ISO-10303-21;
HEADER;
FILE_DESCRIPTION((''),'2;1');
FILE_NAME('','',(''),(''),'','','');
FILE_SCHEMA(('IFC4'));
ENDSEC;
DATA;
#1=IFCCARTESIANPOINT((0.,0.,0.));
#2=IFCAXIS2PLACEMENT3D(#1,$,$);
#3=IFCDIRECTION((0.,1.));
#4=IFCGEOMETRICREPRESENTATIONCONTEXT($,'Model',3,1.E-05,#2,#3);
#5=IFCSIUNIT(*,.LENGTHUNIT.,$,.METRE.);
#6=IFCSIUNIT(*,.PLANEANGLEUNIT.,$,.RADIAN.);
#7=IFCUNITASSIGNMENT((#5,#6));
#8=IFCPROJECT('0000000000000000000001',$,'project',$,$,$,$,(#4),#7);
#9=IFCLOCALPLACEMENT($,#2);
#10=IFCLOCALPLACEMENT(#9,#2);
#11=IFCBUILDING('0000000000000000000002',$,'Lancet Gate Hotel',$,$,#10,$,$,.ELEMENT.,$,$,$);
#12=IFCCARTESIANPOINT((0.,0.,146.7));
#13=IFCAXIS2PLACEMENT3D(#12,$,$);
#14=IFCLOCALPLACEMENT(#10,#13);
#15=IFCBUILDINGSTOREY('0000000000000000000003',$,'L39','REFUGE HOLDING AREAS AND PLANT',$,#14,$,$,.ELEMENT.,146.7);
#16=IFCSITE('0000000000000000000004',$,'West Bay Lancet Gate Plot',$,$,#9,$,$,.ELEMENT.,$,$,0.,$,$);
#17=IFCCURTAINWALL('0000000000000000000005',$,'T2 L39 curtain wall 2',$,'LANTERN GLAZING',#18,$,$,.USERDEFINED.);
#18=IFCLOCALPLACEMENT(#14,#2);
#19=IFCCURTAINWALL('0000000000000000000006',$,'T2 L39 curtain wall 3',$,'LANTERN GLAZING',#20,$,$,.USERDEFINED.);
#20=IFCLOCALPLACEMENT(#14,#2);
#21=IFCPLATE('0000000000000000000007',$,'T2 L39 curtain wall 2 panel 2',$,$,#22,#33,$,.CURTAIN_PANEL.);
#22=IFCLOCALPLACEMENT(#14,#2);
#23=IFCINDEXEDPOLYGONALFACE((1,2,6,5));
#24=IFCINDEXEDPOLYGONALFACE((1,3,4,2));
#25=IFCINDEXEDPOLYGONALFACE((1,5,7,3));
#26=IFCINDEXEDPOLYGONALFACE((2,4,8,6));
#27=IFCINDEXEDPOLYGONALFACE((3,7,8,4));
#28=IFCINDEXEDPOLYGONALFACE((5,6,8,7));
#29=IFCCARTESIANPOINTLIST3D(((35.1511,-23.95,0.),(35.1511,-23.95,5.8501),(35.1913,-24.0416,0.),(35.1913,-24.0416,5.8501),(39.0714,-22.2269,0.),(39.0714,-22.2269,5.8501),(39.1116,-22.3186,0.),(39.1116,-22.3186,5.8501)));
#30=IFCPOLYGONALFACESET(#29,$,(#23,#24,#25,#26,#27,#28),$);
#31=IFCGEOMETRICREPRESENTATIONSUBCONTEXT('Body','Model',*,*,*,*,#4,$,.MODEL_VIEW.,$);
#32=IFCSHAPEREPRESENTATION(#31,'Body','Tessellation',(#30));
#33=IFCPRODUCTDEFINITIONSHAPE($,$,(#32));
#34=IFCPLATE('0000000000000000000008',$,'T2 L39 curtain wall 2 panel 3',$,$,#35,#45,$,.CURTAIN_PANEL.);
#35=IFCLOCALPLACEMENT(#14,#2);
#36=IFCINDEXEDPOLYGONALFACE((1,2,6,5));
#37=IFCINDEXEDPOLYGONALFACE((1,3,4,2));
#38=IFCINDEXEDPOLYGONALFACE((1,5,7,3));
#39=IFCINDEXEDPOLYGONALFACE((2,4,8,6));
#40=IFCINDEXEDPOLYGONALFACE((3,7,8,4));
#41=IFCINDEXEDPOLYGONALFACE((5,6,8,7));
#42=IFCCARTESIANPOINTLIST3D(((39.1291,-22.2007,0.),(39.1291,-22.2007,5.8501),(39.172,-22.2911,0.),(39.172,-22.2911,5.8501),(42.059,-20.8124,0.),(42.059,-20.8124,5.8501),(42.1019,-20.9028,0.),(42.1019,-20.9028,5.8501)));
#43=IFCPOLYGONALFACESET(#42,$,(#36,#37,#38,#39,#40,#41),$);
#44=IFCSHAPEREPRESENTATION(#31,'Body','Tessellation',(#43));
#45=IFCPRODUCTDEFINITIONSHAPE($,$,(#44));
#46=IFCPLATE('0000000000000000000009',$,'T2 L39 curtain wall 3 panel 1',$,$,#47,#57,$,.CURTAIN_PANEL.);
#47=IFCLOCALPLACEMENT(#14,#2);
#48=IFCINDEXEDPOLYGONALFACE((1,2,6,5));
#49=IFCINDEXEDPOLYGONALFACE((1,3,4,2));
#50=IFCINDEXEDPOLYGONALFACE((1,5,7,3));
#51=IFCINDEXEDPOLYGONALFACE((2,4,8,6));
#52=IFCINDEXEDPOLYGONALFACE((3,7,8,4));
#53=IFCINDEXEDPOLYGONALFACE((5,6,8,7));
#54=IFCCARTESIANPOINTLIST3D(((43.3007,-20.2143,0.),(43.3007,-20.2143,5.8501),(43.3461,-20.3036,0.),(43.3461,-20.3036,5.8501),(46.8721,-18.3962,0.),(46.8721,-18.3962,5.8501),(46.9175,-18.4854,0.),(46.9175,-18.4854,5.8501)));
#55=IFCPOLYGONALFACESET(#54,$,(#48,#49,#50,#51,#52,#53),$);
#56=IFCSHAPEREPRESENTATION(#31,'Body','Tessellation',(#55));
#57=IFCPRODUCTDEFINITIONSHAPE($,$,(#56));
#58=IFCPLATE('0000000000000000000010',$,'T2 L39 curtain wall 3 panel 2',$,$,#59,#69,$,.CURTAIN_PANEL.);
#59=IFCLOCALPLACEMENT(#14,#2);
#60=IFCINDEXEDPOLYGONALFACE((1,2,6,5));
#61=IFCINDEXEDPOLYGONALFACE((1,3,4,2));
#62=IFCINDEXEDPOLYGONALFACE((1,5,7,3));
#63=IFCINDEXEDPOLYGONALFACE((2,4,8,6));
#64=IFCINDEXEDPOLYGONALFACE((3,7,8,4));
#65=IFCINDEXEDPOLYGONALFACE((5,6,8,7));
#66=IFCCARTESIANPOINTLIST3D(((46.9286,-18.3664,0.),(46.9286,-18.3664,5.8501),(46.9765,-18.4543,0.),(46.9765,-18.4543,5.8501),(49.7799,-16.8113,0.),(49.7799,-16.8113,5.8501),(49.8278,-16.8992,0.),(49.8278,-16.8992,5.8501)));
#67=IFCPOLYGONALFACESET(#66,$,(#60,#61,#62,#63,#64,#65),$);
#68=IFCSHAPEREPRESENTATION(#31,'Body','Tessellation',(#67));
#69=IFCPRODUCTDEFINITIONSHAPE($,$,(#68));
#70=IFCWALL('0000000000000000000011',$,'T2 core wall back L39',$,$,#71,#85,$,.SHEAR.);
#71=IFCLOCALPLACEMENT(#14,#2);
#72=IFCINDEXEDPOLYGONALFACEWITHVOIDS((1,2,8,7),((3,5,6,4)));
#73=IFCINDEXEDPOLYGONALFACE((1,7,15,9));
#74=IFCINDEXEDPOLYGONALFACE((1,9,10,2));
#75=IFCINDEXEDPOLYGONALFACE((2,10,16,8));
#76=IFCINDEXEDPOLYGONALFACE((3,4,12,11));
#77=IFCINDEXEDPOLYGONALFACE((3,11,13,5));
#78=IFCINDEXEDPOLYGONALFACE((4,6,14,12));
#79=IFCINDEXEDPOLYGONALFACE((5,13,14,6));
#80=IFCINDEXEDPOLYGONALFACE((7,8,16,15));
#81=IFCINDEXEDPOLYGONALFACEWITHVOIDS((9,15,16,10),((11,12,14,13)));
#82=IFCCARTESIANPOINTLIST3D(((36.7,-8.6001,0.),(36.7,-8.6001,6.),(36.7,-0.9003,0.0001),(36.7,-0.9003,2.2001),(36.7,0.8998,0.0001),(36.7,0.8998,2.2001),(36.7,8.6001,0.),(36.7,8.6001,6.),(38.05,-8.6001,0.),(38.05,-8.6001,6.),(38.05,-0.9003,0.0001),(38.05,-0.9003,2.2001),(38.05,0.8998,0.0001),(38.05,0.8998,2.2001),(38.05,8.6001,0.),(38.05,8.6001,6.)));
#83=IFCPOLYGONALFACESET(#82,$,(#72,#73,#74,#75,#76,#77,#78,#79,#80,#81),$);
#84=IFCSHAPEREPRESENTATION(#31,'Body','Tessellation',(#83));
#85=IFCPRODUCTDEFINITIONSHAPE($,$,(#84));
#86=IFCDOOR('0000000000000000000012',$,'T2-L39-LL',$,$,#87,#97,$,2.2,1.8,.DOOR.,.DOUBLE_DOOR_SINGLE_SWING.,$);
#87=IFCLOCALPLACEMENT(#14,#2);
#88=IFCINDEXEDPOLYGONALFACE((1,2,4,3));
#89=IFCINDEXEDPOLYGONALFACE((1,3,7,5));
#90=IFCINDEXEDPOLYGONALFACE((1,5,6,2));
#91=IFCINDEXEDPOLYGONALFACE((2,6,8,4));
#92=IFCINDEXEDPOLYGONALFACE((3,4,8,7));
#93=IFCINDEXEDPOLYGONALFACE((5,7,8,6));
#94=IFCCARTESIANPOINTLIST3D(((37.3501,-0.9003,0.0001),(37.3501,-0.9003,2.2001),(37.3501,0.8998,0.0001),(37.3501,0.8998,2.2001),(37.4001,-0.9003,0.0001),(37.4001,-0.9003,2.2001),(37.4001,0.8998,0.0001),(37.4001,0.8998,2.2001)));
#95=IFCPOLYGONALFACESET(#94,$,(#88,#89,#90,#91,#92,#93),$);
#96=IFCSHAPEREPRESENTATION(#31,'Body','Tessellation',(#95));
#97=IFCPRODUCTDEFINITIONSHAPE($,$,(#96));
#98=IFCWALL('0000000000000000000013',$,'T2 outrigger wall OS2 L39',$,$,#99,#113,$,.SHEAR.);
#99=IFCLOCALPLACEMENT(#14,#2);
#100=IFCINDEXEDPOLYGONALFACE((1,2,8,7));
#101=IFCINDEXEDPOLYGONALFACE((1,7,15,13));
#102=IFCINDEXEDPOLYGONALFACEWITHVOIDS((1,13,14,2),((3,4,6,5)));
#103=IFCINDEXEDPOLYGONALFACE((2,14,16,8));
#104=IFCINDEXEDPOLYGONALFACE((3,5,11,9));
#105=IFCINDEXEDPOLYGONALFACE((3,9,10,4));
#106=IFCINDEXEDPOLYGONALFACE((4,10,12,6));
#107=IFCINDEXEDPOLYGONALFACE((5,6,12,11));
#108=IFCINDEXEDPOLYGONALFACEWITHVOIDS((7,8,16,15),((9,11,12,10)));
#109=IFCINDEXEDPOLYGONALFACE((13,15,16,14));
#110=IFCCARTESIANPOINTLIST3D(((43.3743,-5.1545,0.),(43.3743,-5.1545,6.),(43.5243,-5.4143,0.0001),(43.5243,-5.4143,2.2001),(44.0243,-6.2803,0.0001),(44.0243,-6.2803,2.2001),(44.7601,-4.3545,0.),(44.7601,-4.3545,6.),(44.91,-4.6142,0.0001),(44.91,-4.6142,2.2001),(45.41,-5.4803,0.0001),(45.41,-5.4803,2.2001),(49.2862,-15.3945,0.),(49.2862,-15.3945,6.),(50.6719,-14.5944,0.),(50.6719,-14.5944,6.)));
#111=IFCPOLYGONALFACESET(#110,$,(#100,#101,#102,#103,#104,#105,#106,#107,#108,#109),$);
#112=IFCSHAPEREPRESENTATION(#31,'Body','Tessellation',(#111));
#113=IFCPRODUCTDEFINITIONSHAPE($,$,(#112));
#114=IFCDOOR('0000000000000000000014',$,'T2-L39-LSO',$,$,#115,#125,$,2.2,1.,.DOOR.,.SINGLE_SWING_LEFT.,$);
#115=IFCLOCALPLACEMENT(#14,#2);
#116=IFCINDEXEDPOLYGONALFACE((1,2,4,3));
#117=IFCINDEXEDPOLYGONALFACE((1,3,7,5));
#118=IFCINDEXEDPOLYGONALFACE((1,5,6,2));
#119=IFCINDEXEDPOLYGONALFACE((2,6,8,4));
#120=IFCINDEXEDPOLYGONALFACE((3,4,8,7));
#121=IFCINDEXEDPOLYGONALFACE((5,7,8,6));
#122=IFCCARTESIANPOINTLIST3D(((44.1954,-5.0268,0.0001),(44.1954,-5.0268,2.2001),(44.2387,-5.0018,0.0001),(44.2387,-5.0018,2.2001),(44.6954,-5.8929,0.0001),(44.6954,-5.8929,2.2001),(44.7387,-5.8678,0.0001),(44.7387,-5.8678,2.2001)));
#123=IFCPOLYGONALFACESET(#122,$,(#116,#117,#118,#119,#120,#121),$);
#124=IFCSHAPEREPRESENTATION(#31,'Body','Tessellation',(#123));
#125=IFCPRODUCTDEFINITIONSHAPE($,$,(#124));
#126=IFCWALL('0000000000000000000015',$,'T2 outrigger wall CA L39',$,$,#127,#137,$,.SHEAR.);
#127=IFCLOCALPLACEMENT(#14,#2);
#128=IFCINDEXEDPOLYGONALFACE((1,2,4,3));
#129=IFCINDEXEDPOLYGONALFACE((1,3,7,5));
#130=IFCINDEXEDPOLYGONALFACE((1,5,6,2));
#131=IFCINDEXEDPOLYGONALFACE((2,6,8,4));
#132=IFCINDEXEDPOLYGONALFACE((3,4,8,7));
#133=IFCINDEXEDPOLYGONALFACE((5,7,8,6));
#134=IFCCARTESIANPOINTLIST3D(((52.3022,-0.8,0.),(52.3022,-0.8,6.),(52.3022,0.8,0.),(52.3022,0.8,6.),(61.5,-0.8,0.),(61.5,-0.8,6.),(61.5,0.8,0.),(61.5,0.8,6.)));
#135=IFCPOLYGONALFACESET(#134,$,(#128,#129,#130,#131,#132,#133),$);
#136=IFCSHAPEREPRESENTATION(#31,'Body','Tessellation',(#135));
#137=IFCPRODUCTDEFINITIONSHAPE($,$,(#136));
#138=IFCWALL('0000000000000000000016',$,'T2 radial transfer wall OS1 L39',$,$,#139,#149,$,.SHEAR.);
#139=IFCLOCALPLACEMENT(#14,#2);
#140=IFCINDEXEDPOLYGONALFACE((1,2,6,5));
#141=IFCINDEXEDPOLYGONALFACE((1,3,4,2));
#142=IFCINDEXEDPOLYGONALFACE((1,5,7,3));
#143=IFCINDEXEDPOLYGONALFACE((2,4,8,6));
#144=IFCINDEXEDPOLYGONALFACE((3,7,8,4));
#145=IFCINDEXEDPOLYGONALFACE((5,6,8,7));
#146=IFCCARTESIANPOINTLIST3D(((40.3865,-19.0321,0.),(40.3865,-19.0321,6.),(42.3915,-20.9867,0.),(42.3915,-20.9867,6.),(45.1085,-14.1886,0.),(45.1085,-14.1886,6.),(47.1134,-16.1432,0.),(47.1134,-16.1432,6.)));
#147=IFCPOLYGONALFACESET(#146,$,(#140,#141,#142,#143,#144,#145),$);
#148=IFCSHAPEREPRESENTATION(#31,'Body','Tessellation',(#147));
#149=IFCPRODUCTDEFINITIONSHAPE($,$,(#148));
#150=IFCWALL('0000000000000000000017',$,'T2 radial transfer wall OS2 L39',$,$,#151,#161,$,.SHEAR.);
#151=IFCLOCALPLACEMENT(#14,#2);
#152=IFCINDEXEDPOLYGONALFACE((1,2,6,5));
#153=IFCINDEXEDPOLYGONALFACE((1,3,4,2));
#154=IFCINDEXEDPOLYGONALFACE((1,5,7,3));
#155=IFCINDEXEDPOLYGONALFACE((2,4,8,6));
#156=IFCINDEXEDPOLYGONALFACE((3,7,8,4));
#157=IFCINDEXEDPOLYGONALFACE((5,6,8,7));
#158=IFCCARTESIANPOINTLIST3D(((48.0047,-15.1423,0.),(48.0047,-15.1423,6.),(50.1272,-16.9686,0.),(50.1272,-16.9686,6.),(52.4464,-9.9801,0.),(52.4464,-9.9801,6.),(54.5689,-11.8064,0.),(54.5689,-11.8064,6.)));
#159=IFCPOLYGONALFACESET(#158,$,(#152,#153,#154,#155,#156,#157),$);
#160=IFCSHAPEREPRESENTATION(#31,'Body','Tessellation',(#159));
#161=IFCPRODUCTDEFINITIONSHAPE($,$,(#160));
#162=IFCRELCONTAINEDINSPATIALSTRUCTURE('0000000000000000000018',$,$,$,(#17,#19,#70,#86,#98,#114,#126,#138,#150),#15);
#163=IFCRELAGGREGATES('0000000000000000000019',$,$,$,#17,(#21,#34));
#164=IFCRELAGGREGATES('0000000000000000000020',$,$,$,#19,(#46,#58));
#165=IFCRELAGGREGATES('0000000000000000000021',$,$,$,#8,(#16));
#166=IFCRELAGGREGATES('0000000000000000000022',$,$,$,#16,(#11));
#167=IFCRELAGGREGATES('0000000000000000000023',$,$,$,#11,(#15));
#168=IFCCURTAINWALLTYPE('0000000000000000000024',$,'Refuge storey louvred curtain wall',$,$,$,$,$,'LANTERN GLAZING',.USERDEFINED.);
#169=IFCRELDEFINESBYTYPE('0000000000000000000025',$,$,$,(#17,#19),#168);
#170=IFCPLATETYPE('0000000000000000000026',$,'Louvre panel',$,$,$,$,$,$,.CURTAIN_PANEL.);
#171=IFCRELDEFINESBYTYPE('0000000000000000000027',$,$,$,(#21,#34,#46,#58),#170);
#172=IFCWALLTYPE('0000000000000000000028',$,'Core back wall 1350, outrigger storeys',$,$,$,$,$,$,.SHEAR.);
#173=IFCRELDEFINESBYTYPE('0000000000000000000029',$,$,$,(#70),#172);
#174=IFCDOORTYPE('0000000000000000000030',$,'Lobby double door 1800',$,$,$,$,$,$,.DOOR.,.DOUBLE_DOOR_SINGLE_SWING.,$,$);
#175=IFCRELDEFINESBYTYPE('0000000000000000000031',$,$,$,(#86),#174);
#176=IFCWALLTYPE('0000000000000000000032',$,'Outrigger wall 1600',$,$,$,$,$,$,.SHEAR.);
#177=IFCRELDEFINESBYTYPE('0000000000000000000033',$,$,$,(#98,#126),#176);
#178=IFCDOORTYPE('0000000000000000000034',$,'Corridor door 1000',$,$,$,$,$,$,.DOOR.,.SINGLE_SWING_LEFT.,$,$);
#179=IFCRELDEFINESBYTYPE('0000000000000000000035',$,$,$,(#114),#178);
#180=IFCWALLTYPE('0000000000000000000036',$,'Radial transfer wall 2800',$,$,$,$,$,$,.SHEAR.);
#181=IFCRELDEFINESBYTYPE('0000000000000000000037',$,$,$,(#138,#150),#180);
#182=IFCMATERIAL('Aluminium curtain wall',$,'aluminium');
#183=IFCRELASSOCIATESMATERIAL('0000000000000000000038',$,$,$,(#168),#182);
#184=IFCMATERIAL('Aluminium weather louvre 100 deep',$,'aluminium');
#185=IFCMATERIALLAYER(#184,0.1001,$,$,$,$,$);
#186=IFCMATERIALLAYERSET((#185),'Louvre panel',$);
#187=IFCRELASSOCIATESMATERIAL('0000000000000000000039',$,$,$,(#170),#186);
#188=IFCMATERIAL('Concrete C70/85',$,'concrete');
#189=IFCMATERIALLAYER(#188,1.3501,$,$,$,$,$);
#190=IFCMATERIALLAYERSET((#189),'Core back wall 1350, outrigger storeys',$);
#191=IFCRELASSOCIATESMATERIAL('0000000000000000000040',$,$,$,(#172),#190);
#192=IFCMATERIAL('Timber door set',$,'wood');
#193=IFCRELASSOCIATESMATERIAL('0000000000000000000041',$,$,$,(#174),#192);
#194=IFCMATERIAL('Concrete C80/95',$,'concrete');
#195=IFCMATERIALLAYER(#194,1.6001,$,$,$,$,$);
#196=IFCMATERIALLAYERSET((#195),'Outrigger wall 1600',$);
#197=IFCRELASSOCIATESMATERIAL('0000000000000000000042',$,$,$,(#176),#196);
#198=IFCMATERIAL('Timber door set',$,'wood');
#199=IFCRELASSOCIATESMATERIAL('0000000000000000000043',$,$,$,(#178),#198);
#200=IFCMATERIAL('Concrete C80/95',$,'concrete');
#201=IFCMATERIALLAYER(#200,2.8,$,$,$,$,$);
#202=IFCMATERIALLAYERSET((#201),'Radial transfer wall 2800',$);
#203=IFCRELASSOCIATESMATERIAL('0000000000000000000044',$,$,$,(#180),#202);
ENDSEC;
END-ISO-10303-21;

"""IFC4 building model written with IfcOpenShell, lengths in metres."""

from ifc_helpers import new_model, si_unit, direction, frame, frame_2d, origin, origin_2d, place, context, subcontext, project, spatial, rectangle, extrude, material, layer, layer_set, type_object, element, fill, aggregate, save


model = new_model("IFC4")

# Units and contexts
model_context = context("Model", 3, precision=1e-05, world=origin(), true_north=direction((0.0, 1.0)))
body_context = subcontext(model_context, "Body", "Model", "MODEL_VIEW")
ifc_project = project(units=[si_unit("LENGTHUNIT", "METRE"), si_unit("PLANEANGLEUNIT", "RADIAN")], contexts=[model_context])

# Site, building, storey
site_placement = place(None, origin())
site = spatial("IfcSite", under=ifc_project, at=site_placement, Name="West Bay Lancet Gate Plot", CompositionType="ELEMENT", RefElevation=0.0)
building_placement = place(site_placement, origin())
building = spatial("IfcBuilding", under=site, at=building_placement, Name="Lancet Gate Hotel", CompositionType="ELEMENT")
storey_placement = place(building_placement, frame((0.0, 0.0, 146.7)))
storey = spatial("IfcBuildingStorey", under=building, at=storey_placement, Name="L39", Description="REFUGE HOLDING AREAS AND PLANT", CompositionType="ELEMENT", Elevation=146.7)

# Curtain walls
ifc_material_1 = material(Name="Aluminium curtain wall", Category="aluminium")
curtain_wall_type = type_object("IfcCurtainWallType", Name="Refuge storey louvred curtain wall", ElementType="LANTERN GLAZING", PredefinedType="USERDEFINED", material=ifc_material_1)
curtain_wall_1_placement = place(storey_placement, origin())
curtain_wall_1 = element("IfcCurtainWall", 1, at=curtain_wall_1_placement, inside=storey, type_object=curtain_wall_type, Name="T2 L39 curtain wall 2", ObjectType="LANTERN GLAZING", PredefinedType="USERDEFINED")
curtain_wall_2_placement = place(storey_placement, origin())
curtain_wall_2 = element("IfcCurtainWall", 2, at=curtain_wall_2_placement, inside=storey, type_object=curtain_wall_type, Name="T2 L39 curtain wall 3", ObjectType="LANTERN GLAZING", PredefinedType="USERDEFINED")

# Plates
ifc_material_2 = material(Name="Aluminium weather louvre 100 deep", Category="aluminium")
ifc_layer_1 = layer(ifc_material_2, 0.1001)
ifc_layer_set_1 = layer_set([ifc_layer_1], Name="Louvre panel")
plate_type = type_object("IfcPlateType", Name="Louvre panel", PredefinedType="CURTAIN_PANEL", material=ifc_layer_set_1)
plate_1_placement = place(storey_placement, frame((37.1313, -23.1343, 0.0), z_axis=(0.0, 0.0, 1.0), x_axis=(0.915479, 0.402367, 0.0)))
plate_1 = element("IfcPlate", 3, at=plate_1_placement, type_object=plate_type, Name="T2 L39 curtain wall 2 panel 2", PredefinedType="CURTAIN_PANEL", context=body_context, shape_type="SweptSolid", body=[
    extrude(rectangle(XDim=4.2822, YDim=0.1001, at=origin_2d()), origin(), (0.0, 0.0, 1.0), 5.8501),
])
plate_2_placement = place(storey_placement, frame((40.6155, -21.5518, 0.0), z_axis=(0.0, 0.0, 1.0), x_axis=(0.903683, 0.428201, 0.0)))
plate_2 = element("IfcPlate", 4, at=plate_2_placement, type_object=plate_type, Name="T2 L39 curtain wall 2 panel 3", PredefinedType="CURTAIN_PANEL", context=body_context, shape_type="SweptSolid", body=[
    extrude(rectangle(XDim=3.2422, YDim=0.1001, at=origin_2d()), origin(), (0.0, 0.0, 1.0), 5.8501),
])
aggregate(curtain_wall_1, [plate_1, plate_2])
plate_3_placement = place(storey_placement, frame((45.1091, -19.3499, 0.0), z_axis=(0.0, 0.0, 1.0), x_axis=(0.891159, 0.45369, 0.0)))
plate_3 = element("IfcPlate", 5, at=plate_3_placement, type_object=plate_type, Name="T2 L39 curtain wall 3 panel 1", PredefinedType="CURTAIN_PANEL", context=body_context, shape_type="SweptSolid", body=[
    extrude(rectangle(XDim=4.0076, YDim=0.1001, at=origin_2d()), origin(), (0.0, 0.0, 1.0), 5.8501),
])
plate_4_placement = place(storey_placement, frame((48.3782, -17.6328, 0.0), z_axis=(0.0, 0.0, 1.0), x_axis=(0.877916, 0.478814, 0.0)))
plate_4 = element("IfcPlate", 6, at=plate_4_placement, type_object=plate_type, Name="T2 L39 curtain wall 3 panel 2", PredefinedType="CURTAIN_PANEL", context=body_context, shape_type="SweptSolid", body=[
    extrude(rectangle(XDim=3.2478, YDim=0.1001, at=origin_2d()), origin(), (0.0, 0.0, 1.0), 5.8501),
])
aggregate(curtain_wall_2, [plate_3, plate_4])

# Walls, openings, doors
ifc_material_3 = material(Name="Concrete C70/85", Category="concrete")
ifc_layer_2 = layer(ifc_material_3, 1.3501)
ifc_layer_set_2 = layer_set([ifc_layer_2], Name="Core back wall 1350, outrigger storeys")
wall_type_1 = type_object("IfcWallType", Name="Core back wall 1350, outrigger storeys", PredefinedType="SHEAR", material=ifc_layer_set_2)
wall_1_placement = place(storey_placement, frame((37.375, -8.6001, 0.0), z_axis=(0.0, 0.0, 1.0), x_axis=(0.0, 1.0, 0.0)))
wall_1 = element("IfcWall", 7, at=wall_1_placement, inside=storey, type_object=wall_type_1, Name="T2 core wall back L39", PredefinedType="SHEAR", context=body_context, shape_type="SweptSolid", body=[
    extrude(rectangle(XDim=17.2002, YDim=1.3501, at=frame_2d((8.6001, 0.0))), origin(), (0.0, 0.0, 1.0), 6.0),
])
opening_1_placement = place(wall_1_placement, frame((7.7, 0.0, 0.0)))
opening_1 = element("IfcOpeningElement", 8, at=opening_1_placement, cuts=wall_1, PredefinedType="OPENING", context=body_context, shape_type="SweptSolid", body=[
    extrude(rectangle(XDim=1.8, YDim=2.2, at=frame_2d((0.8999, 1.1001))), frame((0.0, 0.6851, 0.0), z_axis=(0.0, -1.0, 0.0), x_axis=(1.0, 0.0, 0.0)), (0.0, 0.0, 1.0), 1.3701),
])
ifc_material_4 = material(Name="Timber door set", Category="wood")
door_type_1 = type_object("IfcDoorType", Name="Lobby double door 1800", OperationType="DOUBLE_DOOR_SINGLE_SWING", PredefinedType="DOOR", material=ifc_material_4)
door_1_placement = place(opening_1_placement, origin())
door_1 = element("IfcDoor", 9, at=door_1_placement, inside=storey, type_object=door_type_1, Name="T2-L39-LL", OperationType="DOUBLE_DOOR_SINGLE_SWING", OverallHeight=2.2, OverallWidth=1.8, PredefinedType="DOOR", context=body_context, shape_type="SweptSolid", body=[
    extrude(rectangle(XDim=1.8, YDim=2.2, at=frame_2d((0.8999, 1.1001))), frame((0.0, 0.0249, 0.0), z_axis=(0.0, -1.0, 0.0), x_axis=(1.0, 0.0, 0.0)), (0.0, 0.0, 1.0), 0.05),
])
fill(opening_1, door_1)
ifc_material_5 = material(Name="Concrete C80/95", Category="concrete")
ifc_layer_3 = layer(ifc_material_5, 1.6001)
ifc_layer_set_3 = layer_set([ifc_layer_3], Name="Outrigger wall 1600")
wall_type_2 = type_object("IfcWallType", Name="Outrigger wall 1600", PredefinedType="SHEAR", material=ifc_layer_set_3)
wall_2_placement = place(storey_placement, frame((44.0671, -4.7544, 0.0), z_axis=(0.0, 0.0, 1.0), x_axis=(0.499988, -0.866033, 0.0)))
wall_2 = element("IfcWall", 10, at=wall_2_placement, inside=storey, type_object=wall_type_2, Name="T2 outrigger wall OS2 L39", PredefinedType="SHEAR", context=body_context, shape_type="SweptSolid", body=[
    extrude(rectangle(XDim=11.824, YDim=1.6001, at=frame_2d((5.9121, 0.0))), origin(), (0.0, 0.0, 1.0), 6.0),
])
opening_2_placement = place(wall_2_placement, frame((0.3, 0.0, 0.0)))
opening_2 = element("IfcOpeningElement", 11, at=opening_2_placement, cuts=wall_2, PredefinedType="OPENING", context=body_context, shape_type="SweptSolid", body=[
    extrude(rectangle(XDim=1.0, YDim=2.2, at=frame_2d((0.5, 1.1001))), frame((0.0, 0.8101, 0.0), z_axis=(0.0, -1.0, 0.0), x_axis=(1.0, 0.0, 0.0)), (0.0, 0.0, 1.0), 1.6201),
])
ifc_material_6 = material(Name="Timber door set", Category="wood")
door_type_2 = type_object("IfcDoorType", Name="Corridor door 1000", OperationType="SINGLE_SWING_LEFT", PredefinedType="DOOR", material=ifc_material_6)
door_2_placement = place(opening_2_placement, origin())
door_2 = element("IfcDoor", 12, at=door_2_placement, inside=storey, type_object=door_type_2, Name="T2-L39-LSO", OperationType="SINGLE_SWING_LEFT", OverallHeight=2.2, OverallWidth=1.0, PredefinedType="DOOR", context=body_context, shape_type="SweptSolid", body=[
    extrude(rectangle(XDim=1.0, YDim=2.2, at=frame_2d((0.5, 1.1001))), frame((0.0, 0.0249, 0.0), z_axis=(0.0, -1.0, 0.0), x_axis=(1.0, 0.0, 0.0)), (0.0, 0.0, 1.0), 0.05),
])
fill(opening_2, door_2)

# Walls
wall_3_placement = place(storey_placement, frame((52.3022, 0.0, 0.0), z_axis=(0.0, 0.0, 1.0), x_axis=(1.0, 0.0, 0.0)))
element("IfcWall", 13, at=wall_3_placement, inside=storey, type_object=wall_type_2, Name="T2 outrigger wall CA L39", PredefinedType="SHEAR", context=body_context, shape_type="SweptSolid", body=[
    extrude(rectangle(XDim=9.1978, YDim=1.6001, at=frame_2d((4.5989, 0.0))), origin(), (0.0, 0.0, 1.0), 6.0),
])
ifc_material_7 = material(Name="Concrete C80/95", Category="concrete")
ifc_layer_4 = layer(ifc_material_7, 2.8)
ifc_layer_set_4 = layer_set([ifc_layer_4], Name="Radial transfer wall 2800")
wall_type_3 = type_object("IfcWallType", Name="Radial transfer wall 2800", PredefinedType="SHEAR", material=ifc_layer_set_4)
wall_4_placement = place(storey_placement, frame((41.3889, -20.0095, 0.0), z_axis=(0.0, 0.0, 1.0), x_axis=(0.698063, 0.716037, 0.0)))
element("IfcWall", 14, at=wall_4_placement, inside=storey, type_object=wall_type_3, Name="T2 radial transfer wall OS1 L39", PredefinedType="SHEAR", context=body_context, shape_type="SweptSolid", body=[
    extrude(rectangle(XDim=6.7644, YDim=2.8, at=frame_2d((3.3823, 0.0))), origin(), (0.0, 0.0, 1.0), 6.0),
])
wall_5_placement = place(storey_placement, frame((49.0659, -16.0554, 0.0), z_axis=(0.0, 0.0, 1.0), x_axis=(0.652228, 0.758023, 0.0)))
element("IfcWall", 15, at=wall_5_placement, inside=storey, type_object=wall_type_3, Name="T2 radial transfer wall OS2 L39", PredefinedType="SHEAR", context=body_context, shape_type="SweptSolid", body=[
    extrude(rectangle(XDim=6.8101, YDim=2.8, at=frame_2d((3.405, 0.0))), origin(), (0.0, 0.0, 1.0), 6.0),
])

save(model, "model.ifc")
